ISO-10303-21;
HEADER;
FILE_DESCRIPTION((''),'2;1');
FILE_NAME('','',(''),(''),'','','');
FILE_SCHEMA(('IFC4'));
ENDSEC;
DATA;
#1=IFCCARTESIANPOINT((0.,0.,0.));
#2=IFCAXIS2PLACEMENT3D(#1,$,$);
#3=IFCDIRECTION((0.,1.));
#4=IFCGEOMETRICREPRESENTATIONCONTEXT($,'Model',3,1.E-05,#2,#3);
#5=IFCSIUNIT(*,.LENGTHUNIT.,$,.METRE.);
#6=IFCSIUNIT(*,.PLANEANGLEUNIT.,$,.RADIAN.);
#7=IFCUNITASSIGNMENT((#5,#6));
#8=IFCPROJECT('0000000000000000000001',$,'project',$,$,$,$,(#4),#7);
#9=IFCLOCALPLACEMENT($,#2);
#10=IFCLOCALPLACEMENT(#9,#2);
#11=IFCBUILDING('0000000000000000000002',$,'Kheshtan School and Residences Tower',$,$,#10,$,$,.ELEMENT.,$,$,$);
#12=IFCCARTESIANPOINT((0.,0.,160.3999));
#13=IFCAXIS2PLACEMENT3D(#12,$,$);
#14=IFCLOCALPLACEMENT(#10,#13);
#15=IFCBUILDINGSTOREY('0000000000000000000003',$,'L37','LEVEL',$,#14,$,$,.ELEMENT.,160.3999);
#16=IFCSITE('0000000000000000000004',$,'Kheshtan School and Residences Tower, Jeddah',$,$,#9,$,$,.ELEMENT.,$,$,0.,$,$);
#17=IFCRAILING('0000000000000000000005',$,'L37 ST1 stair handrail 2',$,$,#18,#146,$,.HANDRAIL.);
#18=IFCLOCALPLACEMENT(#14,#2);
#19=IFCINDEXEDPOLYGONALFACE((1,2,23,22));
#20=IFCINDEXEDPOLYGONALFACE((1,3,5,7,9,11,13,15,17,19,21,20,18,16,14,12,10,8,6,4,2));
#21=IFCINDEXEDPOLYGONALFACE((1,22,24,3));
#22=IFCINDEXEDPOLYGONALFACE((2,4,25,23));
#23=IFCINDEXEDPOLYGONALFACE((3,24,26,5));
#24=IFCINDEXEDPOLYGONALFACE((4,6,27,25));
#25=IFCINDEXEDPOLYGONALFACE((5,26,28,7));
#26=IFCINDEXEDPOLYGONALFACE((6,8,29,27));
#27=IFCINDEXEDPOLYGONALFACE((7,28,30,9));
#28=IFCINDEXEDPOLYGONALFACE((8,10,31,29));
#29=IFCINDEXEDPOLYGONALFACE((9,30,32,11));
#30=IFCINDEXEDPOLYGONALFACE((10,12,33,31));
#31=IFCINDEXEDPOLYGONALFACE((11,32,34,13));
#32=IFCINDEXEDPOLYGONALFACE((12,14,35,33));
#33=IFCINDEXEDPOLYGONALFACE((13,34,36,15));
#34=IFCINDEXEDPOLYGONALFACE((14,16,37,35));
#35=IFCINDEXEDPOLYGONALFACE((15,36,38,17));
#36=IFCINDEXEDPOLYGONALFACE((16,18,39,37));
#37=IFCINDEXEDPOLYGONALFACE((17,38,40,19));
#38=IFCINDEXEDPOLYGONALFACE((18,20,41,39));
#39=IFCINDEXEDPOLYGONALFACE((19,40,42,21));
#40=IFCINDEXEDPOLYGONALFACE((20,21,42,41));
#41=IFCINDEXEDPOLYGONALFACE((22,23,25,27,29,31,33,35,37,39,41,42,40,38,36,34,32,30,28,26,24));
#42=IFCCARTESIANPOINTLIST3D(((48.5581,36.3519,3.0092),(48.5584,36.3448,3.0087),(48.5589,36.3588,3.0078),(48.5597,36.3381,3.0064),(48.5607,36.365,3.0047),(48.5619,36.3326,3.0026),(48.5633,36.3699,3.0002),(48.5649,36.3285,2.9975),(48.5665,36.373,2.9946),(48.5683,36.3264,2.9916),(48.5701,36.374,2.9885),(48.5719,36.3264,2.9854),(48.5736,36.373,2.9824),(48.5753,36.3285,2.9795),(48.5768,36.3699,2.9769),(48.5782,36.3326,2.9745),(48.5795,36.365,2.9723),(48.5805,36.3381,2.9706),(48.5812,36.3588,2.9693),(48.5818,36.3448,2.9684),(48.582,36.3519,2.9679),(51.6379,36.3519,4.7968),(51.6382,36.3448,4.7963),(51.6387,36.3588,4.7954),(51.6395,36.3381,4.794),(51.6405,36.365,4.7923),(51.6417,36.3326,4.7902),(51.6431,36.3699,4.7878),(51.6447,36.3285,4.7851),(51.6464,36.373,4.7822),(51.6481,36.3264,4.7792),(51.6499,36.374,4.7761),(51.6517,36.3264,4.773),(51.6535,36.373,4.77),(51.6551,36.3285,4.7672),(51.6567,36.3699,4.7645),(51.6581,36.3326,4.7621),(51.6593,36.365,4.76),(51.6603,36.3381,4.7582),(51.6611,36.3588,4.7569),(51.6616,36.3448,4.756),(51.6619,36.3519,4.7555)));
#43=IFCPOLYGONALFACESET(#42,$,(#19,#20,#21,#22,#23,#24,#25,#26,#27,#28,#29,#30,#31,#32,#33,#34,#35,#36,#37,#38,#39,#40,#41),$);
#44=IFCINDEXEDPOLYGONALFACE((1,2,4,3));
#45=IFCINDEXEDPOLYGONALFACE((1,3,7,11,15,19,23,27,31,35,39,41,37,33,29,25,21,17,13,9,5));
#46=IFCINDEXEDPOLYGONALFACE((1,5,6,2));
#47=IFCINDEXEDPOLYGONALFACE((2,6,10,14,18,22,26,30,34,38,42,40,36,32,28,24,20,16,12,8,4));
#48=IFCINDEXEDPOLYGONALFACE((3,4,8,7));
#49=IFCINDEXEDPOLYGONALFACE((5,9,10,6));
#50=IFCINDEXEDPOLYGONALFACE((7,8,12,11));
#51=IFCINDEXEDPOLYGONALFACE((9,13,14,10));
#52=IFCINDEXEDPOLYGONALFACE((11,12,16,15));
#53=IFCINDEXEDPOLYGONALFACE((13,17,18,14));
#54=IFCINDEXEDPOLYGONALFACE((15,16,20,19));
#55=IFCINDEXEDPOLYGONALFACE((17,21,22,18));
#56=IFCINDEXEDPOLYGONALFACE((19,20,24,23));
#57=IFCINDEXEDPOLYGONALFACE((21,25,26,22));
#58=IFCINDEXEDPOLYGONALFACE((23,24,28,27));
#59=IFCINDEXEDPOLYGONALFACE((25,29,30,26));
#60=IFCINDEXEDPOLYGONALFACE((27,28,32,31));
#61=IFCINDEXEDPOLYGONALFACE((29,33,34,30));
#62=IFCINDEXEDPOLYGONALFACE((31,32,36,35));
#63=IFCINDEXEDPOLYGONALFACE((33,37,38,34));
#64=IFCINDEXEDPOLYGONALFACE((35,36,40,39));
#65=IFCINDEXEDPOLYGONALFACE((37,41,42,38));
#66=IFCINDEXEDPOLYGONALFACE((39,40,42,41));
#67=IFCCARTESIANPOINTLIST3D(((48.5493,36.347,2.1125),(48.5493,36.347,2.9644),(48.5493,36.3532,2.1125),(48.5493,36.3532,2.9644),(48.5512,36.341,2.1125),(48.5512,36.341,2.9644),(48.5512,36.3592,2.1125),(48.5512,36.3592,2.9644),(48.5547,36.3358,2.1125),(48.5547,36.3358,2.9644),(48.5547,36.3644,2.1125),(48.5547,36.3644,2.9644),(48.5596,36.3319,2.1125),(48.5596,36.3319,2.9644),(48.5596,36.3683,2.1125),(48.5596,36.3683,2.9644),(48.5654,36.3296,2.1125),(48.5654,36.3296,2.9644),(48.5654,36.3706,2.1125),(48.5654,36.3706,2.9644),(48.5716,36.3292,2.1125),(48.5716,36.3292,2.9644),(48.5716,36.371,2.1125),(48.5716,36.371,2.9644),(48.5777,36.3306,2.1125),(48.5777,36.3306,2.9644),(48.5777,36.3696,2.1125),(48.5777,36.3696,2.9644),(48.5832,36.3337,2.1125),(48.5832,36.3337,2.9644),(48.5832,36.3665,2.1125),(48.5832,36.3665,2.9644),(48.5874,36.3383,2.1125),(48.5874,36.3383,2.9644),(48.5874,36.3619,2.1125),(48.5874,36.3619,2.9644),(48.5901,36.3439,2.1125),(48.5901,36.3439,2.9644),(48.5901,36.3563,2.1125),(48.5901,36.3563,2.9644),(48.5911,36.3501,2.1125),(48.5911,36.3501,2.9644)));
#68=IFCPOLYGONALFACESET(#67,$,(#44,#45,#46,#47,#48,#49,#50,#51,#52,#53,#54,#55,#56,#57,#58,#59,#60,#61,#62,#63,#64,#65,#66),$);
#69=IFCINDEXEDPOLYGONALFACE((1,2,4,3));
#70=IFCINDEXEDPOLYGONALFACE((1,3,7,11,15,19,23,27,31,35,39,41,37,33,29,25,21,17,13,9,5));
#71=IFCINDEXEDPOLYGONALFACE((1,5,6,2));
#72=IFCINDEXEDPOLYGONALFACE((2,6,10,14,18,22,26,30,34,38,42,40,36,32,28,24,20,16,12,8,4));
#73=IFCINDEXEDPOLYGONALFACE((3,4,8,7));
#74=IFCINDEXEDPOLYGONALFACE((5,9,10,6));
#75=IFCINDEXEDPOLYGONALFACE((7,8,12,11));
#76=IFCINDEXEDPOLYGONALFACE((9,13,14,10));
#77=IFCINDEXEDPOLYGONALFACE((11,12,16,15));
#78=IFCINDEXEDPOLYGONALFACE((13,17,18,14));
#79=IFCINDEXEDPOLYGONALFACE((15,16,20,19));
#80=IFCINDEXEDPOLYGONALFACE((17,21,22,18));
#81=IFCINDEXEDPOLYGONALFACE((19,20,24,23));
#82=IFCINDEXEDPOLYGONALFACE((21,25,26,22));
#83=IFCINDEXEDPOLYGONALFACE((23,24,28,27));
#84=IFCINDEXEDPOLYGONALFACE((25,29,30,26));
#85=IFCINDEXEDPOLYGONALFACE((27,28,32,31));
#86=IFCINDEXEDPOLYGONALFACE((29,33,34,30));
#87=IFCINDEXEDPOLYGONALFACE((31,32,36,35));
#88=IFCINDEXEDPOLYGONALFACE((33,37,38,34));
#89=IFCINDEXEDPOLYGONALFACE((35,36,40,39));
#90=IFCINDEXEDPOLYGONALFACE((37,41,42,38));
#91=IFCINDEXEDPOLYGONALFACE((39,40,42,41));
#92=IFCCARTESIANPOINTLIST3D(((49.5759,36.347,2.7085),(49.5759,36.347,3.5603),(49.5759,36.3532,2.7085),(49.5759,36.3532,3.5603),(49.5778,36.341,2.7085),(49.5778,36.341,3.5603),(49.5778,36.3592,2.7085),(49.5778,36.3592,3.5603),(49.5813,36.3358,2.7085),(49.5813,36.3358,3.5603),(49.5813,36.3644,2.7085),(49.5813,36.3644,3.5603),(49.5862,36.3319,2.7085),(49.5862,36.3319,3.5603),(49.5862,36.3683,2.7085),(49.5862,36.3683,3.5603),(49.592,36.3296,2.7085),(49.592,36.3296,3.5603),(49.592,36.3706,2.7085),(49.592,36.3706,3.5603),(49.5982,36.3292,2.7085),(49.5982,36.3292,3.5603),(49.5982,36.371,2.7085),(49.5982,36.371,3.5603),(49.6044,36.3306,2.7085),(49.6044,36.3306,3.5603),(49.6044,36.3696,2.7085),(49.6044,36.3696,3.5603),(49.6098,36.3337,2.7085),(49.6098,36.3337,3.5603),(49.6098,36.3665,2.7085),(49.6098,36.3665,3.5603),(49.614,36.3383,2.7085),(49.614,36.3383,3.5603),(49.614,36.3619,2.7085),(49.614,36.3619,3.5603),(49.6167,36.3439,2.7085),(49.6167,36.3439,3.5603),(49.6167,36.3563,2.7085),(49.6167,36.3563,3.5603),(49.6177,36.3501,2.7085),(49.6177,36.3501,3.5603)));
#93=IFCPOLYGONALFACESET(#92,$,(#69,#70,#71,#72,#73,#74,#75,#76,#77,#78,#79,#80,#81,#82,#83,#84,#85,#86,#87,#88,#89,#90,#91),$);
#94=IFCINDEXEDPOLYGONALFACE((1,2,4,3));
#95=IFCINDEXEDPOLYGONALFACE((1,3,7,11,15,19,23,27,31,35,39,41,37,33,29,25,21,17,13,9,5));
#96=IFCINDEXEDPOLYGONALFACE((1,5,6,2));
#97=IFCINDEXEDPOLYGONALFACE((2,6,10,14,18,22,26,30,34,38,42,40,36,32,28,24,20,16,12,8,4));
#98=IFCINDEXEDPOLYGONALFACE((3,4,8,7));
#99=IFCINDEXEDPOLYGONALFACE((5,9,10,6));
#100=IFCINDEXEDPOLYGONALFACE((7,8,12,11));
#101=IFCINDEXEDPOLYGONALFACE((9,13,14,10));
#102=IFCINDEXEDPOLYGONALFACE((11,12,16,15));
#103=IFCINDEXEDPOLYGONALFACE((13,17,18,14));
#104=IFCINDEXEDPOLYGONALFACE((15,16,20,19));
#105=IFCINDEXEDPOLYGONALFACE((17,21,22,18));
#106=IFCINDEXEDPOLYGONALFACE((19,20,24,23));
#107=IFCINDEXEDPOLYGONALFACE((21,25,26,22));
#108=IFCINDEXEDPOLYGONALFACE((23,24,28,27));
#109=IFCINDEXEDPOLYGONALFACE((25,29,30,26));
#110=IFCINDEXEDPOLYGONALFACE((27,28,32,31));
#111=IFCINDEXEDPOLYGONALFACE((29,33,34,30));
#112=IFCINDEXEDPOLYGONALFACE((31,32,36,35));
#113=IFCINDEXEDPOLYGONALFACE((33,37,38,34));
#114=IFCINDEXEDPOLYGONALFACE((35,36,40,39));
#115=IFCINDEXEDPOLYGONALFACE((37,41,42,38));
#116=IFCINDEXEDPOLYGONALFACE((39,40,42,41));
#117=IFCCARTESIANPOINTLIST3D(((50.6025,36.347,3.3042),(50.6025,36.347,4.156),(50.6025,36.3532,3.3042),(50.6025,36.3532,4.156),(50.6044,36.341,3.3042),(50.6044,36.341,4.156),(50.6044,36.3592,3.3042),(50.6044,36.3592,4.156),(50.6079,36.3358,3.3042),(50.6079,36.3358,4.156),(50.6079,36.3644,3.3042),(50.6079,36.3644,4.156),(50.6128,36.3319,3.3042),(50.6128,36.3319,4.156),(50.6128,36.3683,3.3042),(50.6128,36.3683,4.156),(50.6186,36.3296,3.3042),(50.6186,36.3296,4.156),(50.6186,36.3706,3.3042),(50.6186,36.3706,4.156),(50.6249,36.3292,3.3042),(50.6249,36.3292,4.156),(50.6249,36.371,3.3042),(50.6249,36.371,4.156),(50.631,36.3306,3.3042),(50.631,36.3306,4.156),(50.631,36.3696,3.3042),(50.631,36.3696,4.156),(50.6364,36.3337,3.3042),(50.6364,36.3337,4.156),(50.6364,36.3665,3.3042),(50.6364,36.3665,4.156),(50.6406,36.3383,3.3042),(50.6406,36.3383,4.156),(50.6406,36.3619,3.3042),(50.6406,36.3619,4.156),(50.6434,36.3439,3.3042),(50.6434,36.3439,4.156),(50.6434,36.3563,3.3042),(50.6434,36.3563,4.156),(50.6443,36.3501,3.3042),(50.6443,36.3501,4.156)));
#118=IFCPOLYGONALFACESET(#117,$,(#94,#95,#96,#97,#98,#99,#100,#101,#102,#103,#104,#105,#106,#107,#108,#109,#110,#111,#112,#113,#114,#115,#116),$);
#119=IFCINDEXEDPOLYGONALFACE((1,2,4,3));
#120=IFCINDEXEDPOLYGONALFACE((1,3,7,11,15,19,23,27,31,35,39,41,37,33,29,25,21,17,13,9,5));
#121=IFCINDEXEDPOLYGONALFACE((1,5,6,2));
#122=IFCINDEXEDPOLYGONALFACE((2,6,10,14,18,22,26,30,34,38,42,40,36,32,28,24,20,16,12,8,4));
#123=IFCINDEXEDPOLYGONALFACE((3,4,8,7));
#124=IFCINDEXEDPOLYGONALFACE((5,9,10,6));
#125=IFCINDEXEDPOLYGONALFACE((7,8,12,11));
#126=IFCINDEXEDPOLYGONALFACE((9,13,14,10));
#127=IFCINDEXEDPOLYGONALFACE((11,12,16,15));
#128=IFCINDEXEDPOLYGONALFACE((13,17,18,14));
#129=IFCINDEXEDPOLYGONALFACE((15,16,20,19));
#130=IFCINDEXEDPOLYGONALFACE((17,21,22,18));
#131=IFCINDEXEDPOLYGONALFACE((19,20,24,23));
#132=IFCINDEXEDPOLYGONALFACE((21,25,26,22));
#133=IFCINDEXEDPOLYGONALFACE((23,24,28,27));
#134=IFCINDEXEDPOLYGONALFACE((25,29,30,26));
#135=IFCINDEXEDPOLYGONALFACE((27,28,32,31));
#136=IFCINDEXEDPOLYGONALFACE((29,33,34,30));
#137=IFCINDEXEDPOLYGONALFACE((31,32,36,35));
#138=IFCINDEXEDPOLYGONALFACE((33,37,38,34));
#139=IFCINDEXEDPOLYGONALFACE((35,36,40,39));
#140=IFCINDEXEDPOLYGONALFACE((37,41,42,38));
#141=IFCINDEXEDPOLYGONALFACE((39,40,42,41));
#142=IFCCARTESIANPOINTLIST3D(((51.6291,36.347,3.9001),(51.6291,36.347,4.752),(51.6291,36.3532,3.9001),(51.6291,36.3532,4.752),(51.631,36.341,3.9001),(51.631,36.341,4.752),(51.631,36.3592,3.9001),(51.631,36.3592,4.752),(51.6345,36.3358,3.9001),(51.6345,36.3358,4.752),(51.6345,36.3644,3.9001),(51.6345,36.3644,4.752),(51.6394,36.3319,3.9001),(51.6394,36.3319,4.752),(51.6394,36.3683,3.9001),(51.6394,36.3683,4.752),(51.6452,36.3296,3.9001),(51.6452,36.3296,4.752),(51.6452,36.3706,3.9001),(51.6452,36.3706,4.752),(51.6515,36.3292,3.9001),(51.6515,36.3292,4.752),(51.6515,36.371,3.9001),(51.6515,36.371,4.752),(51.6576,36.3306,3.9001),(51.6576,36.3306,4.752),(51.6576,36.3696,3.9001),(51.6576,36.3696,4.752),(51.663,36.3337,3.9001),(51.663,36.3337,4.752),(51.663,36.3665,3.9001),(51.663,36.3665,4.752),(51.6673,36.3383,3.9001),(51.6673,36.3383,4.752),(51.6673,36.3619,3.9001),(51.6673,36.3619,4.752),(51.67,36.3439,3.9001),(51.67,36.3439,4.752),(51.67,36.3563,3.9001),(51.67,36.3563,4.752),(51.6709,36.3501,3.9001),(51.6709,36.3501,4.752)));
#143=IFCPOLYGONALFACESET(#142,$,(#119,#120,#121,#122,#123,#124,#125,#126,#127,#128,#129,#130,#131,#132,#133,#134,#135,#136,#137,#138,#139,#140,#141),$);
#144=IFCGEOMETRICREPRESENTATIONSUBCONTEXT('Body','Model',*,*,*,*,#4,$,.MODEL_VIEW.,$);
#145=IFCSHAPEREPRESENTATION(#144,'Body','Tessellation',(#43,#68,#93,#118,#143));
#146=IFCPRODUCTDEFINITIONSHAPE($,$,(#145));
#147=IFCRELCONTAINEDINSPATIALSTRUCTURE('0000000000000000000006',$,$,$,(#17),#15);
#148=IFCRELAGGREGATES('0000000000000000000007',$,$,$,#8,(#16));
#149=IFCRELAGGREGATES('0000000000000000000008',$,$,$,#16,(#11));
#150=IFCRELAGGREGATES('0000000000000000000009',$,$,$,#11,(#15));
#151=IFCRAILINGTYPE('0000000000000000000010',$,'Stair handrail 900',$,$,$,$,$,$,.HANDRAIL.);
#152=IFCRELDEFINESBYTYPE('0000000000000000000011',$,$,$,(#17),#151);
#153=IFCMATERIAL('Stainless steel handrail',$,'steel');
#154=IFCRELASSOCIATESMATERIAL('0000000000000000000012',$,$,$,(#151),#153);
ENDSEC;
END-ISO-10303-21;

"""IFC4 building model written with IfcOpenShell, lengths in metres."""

from ifc_helpers import new_model, si_unit, direction, frame, origin, origin_2d, place, context, subcontext, project, spatial, circle, extrude, material, type_object, element, save


model = new_model("IFC4")

# Units and contexts
model_context = context("Model", 3, precision=1e-05, world=origin(), true_north=direction((0.0, 1.0)))
body_context = subcontext(model_context, "Body", "Model", "MODEL_VIEW")
ifc_project = project(units=[si_unit("LENGTHUNIT", "METRE"), si_unit("PLANEANGLEUNIT", "RADIAN")], contexts=[model_context])

# Site, building, storey
site_placement = place(None, origin())
site = spatial("IfcSite", under=ifc_project, at=site_placement, Name="Kheshtan School and Residences Tower, Jeddah", CompositionType="ELEMENT", RefElevation=0.0)
building_placement = place(site_placement, origin())
building = spatial("IfcBuilding", under=site, at=building_placement, Name="Kheshtan School and Residences Tower", CompositionType="ELEMENT")
storey_placement = place(building_placement, frame((0.0, 0.0, 160.3999)))
storey = spatial("IfcBuildingStorey", under=building, at=storey_placement, Name="L37", Description="LEVEL", CompositionType="ELEMENT", Elevation=160.3999)

# Railing
ifc_material_1 = material(Name="Stainless steel handrail", Category="steel")
railing_type_1 = type_object("IfcRailingType", Name="Stair handrail 900", PredefinedType="HANDRAIL", material=ifc_material_1)
railing_1_placement = place(storey_placement, frame((48.5701, 36.3501, 2.1125)))
element("IfcRailing", 1, at=railing_1_placement, inside=storey, type_object=railing_type_1, Name="L37 ST1 stair handrail 2", PredefinedType="HANDRAIL", context=body_context, shape_type="SweptSolid", body=[
    extrude(circle(Radius=0.0239, at=origin_2d()), frame((0.0, 0.0, 0.876), z_axis=(0.864873, 0.0, 0.50199), x_axis=(0.0, 1.0, 0.0)), (0.0, 0.0, 1.0), 3.561),
    extrude(circle(Radius=0.021, at=origin_2d()), origin(), (0.0, 0.0, 1.0), 0.8518),
    extrude(circle(Radius=0.021, at=origin_2d()), frame((1.0266, 0.0, 0.5959)), (0.0, 0.0, 1.0), 0.8518),
    extrude(circle(Radius=0.021, at=origin_2d()), frame((2.0532, 0.0, 1.1917)), (0.0, 0.0, 1.0), 0.8518),
    extrude(circle(Radius=0.021, at=origin_2d()), frame((3.0798, 0.0, 1.7876)), (0.0, 0.0, 1.0), 0.8518),
])

save(model, "model.ifc")
